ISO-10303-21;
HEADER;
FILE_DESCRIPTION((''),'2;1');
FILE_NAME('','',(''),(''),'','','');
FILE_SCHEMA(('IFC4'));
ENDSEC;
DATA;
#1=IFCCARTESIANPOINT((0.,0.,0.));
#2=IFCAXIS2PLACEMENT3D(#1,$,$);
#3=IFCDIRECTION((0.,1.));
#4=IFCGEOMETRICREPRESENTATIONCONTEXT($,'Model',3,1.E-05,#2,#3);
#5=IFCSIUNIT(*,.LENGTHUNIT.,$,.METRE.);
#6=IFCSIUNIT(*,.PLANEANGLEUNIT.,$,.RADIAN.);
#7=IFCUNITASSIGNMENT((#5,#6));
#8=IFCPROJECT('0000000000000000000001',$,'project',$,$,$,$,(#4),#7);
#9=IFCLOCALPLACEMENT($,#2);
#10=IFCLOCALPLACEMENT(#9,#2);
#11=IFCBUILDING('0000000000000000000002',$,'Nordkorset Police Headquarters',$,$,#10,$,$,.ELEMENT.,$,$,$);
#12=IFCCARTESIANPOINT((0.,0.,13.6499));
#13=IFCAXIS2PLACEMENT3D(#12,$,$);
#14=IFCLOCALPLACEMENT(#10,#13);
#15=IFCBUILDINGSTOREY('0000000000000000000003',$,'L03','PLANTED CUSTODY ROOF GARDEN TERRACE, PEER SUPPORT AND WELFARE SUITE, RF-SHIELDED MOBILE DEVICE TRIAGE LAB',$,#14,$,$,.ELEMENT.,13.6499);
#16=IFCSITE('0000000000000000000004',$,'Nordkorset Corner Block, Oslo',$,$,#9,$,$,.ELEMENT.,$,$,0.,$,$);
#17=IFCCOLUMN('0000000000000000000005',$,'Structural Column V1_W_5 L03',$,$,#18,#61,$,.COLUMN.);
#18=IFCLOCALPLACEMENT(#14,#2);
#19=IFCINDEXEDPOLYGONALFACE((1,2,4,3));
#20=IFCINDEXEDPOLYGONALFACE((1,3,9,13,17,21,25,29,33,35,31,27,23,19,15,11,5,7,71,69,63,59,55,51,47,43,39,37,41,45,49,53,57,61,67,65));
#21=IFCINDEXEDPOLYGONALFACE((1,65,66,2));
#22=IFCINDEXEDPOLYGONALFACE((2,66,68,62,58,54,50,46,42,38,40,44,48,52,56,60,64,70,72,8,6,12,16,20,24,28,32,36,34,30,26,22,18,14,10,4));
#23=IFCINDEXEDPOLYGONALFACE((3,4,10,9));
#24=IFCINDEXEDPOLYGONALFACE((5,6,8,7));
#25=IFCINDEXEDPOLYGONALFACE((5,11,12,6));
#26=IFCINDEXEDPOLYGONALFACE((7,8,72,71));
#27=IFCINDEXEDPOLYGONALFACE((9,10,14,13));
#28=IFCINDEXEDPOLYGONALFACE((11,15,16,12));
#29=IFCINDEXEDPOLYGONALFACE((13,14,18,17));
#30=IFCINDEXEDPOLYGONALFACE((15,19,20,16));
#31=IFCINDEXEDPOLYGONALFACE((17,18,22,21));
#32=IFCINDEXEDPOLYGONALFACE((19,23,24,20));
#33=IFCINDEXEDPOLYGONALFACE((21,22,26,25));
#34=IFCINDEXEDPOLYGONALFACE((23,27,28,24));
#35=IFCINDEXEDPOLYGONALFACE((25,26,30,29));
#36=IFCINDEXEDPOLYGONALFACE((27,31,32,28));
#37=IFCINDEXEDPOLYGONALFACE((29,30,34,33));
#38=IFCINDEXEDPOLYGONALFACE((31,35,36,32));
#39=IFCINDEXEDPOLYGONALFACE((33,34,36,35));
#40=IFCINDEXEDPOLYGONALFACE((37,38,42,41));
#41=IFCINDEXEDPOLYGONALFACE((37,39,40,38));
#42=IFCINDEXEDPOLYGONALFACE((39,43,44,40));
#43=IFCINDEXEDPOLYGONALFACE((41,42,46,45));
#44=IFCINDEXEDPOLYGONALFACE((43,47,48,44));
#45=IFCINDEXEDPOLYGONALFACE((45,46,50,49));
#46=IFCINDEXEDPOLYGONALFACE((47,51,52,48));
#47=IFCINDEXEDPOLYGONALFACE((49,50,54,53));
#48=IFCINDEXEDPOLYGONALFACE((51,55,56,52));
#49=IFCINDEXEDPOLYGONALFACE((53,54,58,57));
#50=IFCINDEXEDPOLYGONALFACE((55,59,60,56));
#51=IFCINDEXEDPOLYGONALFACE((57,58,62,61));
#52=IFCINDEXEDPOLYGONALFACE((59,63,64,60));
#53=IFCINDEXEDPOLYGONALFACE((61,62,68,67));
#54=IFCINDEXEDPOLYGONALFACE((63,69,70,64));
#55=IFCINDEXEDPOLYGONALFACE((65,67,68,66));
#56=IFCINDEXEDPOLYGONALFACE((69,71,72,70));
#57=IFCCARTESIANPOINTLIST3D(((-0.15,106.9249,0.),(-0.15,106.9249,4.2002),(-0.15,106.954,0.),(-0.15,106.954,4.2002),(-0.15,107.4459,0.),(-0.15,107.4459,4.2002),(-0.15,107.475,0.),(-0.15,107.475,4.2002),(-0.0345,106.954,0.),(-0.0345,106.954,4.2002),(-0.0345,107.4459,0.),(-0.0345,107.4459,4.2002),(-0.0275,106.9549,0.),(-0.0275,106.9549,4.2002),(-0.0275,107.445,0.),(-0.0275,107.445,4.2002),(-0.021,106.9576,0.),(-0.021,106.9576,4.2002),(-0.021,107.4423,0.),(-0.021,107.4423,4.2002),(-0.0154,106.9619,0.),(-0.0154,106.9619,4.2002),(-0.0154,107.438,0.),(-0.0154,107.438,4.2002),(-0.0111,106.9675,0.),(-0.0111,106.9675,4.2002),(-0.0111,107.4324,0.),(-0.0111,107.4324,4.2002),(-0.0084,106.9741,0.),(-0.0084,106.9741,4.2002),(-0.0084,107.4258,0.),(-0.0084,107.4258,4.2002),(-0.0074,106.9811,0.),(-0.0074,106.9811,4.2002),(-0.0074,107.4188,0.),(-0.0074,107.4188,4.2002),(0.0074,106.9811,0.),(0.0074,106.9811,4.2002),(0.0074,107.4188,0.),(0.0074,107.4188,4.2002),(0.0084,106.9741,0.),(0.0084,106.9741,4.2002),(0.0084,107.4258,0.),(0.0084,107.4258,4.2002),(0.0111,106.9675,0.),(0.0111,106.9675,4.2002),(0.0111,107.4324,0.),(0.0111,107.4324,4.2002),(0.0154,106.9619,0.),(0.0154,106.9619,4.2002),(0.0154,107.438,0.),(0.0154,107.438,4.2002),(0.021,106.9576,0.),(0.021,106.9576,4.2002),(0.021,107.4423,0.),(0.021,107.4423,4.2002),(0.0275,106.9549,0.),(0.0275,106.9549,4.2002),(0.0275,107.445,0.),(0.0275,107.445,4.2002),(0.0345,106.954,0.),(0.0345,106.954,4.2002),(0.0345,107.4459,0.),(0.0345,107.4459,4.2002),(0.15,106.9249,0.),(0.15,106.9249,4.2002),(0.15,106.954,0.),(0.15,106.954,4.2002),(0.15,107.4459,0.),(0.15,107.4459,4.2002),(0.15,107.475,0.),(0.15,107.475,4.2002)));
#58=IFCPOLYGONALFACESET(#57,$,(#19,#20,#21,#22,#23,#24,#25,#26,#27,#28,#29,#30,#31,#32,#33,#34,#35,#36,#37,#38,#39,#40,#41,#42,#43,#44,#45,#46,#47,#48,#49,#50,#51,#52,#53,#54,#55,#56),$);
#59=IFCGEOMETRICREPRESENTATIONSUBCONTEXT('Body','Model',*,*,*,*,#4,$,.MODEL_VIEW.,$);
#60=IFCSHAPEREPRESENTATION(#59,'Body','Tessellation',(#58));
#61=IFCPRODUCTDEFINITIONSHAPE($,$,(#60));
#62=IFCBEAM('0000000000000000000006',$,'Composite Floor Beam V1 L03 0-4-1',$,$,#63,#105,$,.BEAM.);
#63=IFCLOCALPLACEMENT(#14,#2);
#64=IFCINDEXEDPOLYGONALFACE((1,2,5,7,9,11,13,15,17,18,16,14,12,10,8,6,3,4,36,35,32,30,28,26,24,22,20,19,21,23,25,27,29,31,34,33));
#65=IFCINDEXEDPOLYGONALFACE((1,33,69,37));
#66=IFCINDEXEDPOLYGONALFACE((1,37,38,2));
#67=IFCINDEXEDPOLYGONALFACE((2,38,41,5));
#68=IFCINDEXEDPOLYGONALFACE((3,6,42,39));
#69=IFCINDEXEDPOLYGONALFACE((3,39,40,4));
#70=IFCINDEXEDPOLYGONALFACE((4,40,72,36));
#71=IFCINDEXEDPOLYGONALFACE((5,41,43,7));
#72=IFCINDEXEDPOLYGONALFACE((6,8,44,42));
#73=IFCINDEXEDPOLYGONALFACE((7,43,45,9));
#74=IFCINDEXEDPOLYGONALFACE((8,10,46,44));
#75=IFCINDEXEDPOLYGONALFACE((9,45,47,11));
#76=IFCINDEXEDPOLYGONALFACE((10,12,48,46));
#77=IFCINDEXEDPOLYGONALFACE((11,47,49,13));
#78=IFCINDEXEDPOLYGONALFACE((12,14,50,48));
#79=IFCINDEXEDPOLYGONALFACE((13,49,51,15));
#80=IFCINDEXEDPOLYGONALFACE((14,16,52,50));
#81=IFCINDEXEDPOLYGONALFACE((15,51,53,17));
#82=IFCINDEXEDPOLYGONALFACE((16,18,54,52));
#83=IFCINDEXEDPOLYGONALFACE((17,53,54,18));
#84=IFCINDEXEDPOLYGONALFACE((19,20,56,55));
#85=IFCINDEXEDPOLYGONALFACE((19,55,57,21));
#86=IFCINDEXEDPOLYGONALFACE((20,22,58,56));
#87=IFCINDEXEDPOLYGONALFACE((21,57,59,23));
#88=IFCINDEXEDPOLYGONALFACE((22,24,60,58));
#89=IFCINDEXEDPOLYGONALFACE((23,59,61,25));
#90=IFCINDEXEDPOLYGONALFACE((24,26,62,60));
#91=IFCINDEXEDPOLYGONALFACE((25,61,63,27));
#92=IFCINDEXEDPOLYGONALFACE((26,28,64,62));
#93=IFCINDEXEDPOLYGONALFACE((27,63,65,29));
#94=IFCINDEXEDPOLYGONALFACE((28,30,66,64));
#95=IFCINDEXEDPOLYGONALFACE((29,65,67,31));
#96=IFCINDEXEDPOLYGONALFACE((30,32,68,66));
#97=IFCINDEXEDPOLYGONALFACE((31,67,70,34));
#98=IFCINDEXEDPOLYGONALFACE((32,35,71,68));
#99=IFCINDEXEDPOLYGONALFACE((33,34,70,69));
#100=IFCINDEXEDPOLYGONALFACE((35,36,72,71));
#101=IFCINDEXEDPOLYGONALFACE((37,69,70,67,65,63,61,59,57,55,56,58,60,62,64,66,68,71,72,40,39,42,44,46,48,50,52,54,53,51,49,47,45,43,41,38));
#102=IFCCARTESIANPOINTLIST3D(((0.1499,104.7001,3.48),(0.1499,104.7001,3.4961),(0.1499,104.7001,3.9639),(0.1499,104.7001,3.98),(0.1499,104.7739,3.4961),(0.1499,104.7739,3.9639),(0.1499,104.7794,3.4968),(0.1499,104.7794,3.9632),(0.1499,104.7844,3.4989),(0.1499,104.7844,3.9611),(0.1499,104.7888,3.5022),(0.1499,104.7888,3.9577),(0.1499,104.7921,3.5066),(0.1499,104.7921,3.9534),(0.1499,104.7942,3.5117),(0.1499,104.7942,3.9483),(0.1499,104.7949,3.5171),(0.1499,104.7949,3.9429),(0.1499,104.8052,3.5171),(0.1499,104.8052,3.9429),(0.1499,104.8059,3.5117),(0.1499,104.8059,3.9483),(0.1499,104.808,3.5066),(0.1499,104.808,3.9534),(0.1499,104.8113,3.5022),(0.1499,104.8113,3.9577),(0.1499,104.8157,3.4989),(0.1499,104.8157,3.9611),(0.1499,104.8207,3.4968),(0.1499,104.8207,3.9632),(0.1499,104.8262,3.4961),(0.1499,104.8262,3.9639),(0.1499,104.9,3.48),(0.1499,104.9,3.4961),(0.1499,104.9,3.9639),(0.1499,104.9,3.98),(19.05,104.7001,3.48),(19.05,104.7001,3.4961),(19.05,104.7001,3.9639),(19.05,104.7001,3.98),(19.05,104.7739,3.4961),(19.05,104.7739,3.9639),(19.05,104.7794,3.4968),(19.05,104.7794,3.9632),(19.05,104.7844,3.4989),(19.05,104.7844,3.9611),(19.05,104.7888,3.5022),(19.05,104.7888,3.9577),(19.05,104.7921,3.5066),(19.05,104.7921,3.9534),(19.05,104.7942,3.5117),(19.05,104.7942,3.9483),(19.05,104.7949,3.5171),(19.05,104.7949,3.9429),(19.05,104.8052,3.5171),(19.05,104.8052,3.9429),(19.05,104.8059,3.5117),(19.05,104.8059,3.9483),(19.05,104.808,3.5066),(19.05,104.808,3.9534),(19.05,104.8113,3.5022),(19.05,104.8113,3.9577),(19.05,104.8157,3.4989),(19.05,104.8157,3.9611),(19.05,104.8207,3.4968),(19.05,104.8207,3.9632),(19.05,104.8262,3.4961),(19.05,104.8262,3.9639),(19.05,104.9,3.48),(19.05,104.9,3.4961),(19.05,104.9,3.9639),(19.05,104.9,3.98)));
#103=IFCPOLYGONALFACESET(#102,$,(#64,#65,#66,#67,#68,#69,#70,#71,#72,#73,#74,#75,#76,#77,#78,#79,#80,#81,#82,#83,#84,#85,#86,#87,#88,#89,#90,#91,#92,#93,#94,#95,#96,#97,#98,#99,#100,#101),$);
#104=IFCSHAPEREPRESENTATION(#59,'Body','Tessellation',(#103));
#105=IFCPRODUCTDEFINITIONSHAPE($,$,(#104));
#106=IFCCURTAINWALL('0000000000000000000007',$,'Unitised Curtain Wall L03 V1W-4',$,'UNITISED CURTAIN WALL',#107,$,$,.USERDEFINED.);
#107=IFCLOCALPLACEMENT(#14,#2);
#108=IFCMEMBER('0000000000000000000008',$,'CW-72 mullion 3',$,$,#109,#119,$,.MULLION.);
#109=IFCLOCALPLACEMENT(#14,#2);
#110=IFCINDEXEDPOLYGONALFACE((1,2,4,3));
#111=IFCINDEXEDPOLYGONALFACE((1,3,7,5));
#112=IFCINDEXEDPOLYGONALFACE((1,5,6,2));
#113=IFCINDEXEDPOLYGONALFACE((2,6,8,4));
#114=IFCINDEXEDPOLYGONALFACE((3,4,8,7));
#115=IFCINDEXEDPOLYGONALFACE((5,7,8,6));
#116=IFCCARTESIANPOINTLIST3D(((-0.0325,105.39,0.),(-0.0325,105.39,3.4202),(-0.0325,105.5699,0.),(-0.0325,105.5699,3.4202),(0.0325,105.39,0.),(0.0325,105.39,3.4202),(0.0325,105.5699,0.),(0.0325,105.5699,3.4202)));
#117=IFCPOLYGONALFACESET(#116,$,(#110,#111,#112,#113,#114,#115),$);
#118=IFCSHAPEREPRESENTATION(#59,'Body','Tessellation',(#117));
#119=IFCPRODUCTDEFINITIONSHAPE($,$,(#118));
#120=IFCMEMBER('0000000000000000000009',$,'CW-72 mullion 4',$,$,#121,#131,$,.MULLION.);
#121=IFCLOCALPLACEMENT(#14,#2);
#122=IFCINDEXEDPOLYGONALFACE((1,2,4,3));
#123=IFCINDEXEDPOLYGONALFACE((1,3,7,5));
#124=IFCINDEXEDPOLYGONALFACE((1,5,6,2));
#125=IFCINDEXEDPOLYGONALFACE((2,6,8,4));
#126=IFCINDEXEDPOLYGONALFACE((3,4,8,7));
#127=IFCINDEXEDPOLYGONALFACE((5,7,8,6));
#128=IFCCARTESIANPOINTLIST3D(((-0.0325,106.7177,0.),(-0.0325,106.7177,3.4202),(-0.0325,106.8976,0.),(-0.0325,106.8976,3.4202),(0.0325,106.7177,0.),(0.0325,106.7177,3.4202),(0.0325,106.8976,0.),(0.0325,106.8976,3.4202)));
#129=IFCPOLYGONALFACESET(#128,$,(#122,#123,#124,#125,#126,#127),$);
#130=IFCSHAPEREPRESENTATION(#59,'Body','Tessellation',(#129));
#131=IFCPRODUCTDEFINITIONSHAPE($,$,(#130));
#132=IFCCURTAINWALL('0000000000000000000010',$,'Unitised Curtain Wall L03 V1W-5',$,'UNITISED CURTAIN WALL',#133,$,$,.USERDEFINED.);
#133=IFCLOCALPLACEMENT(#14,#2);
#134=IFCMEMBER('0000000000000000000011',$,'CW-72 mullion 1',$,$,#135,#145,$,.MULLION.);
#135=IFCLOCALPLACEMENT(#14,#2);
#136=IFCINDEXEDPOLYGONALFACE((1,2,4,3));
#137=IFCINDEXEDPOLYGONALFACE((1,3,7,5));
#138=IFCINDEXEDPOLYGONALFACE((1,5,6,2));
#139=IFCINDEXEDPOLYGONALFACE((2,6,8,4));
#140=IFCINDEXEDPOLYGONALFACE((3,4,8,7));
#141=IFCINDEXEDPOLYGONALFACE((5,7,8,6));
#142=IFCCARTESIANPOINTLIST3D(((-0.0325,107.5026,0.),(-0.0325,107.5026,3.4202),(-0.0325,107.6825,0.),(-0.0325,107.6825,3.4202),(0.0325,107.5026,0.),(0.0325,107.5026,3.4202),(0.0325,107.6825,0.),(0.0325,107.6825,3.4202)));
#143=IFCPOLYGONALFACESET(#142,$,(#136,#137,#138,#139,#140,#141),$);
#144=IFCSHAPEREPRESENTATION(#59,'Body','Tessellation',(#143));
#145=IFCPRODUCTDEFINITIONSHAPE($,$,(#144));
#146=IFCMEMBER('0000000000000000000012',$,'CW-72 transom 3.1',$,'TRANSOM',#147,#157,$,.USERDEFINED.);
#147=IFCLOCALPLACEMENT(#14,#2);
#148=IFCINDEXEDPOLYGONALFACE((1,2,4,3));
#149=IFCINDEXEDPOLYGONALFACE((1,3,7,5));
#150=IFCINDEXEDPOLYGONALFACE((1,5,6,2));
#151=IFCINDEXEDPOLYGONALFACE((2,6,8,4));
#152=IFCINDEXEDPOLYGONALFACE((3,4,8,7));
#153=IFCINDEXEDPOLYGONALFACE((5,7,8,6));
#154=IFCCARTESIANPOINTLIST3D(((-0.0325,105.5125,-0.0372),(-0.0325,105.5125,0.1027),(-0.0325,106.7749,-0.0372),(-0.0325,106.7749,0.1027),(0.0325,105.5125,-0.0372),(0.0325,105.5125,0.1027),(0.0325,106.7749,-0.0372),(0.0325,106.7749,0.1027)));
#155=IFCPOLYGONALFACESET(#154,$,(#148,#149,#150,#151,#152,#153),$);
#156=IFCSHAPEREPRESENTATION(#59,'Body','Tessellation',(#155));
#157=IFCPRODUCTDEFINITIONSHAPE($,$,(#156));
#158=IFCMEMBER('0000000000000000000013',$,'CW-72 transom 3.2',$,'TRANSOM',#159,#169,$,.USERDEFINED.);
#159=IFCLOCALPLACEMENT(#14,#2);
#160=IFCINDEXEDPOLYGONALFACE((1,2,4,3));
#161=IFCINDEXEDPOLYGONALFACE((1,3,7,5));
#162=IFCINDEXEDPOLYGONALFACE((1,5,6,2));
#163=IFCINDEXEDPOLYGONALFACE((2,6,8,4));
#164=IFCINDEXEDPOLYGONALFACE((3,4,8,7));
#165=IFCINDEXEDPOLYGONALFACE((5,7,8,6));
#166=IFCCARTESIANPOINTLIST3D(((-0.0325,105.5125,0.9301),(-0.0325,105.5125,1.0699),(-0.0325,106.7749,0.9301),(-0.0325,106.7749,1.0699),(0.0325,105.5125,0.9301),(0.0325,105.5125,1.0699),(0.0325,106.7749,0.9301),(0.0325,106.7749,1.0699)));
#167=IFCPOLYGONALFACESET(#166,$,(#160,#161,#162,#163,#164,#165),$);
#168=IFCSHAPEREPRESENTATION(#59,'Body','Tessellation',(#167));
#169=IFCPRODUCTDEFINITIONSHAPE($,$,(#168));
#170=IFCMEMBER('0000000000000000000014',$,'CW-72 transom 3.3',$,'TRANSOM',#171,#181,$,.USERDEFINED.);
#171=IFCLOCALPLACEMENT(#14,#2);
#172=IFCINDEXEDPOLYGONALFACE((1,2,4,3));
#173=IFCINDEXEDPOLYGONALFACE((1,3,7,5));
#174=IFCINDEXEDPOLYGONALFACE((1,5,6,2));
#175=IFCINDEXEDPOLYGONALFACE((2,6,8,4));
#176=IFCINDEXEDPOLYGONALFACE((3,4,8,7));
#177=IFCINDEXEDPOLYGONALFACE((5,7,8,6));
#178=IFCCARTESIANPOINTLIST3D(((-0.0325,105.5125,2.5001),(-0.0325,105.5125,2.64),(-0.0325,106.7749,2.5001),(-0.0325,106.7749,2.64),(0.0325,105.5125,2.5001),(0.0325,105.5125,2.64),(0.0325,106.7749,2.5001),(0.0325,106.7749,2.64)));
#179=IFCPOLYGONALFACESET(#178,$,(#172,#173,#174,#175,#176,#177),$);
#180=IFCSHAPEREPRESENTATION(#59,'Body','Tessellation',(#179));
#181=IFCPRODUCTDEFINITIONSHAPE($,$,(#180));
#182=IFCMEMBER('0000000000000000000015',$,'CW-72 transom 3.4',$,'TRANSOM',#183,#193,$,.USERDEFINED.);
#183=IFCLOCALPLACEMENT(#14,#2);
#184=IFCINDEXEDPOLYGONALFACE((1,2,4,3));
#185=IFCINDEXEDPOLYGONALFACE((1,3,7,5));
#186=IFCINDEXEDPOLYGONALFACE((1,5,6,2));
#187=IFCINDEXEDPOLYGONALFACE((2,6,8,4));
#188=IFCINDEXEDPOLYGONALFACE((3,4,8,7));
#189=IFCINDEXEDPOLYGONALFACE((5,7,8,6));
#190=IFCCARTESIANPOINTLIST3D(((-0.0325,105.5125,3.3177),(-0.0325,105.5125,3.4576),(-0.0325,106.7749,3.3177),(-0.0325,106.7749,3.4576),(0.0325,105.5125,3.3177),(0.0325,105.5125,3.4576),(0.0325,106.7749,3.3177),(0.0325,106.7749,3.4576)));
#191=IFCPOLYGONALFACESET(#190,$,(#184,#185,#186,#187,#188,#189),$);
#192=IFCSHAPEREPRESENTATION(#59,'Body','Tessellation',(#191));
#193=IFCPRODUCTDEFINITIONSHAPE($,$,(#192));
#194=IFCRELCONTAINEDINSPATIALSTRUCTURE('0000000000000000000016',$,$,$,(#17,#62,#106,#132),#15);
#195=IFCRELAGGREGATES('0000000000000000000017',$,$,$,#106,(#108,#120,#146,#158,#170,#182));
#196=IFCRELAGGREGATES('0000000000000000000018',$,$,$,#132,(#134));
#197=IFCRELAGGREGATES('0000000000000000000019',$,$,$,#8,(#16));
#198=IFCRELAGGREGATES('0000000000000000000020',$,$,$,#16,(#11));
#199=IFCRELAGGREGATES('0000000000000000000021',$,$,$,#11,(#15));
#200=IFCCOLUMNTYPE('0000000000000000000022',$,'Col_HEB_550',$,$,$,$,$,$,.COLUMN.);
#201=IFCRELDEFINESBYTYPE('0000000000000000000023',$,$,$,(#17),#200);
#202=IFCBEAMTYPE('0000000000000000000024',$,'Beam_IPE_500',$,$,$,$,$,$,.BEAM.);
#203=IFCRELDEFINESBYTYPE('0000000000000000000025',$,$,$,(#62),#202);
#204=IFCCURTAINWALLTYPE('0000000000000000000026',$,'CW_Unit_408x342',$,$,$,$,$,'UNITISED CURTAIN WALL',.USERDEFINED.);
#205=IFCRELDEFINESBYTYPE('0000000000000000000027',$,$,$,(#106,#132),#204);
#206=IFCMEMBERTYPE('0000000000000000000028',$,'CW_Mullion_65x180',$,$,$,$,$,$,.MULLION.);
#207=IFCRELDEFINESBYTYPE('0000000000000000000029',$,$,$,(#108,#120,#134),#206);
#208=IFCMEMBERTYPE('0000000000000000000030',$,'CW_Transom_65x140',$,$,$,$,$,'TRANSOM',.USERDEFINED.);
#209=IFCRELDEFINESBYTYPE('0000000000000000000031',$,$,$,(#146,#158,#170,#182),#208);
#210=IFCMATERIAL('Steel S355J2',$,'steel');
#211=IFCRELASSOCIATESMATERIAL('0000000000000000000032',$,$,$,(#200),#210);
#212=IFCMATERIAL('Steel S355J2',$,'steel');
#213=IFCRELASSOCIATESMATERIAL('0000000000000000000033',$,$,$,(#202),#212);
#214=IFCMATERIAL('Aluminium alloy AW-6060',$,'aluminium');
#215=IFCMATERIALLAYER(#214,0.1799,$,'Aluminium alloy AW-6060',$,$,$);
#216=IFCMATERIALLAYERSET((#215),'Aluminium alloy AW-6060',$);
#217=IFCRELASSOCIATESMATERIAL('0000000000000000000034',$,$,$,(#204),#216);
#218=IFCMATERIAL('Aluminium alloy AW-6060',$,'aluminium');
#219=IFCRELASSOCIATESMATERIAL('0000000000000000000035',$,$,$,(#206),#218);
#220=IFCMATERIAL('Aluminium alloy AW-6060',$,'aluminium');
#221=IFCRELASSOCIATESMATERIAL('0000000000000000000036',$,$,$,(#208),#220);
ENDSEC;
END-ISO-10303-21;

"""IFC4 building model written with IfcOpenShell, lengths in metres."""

from ifc_helpers import new_model, si_unit, direction, frame, origin, origin_2d, place, context, subcontext, project, spatial, rectangle, i_section, extrude, material, layer, layer_set, material_profile, profile_set, type_object, element, aggregate, save


model = new_model("IFC4")

# Units and contexts
model_context = context("Model", 3, precision=1e-05, world=origin(), true_north=direction((0.0, 1.0)))
body_context = subcontext(model_context, "Body", "Model", "MODEL_VIEW")
ifc_project = project(units=[si_unit("LENGTHUNIT", "METRE"), si_unit("PLANEANGLEUNIT", "RADIAN")], contexts=[model_context])

# Site, building, storey
site_placement = place(None, origin())
site = spatial("IfcSite", under=ifc_project, at=site_placement, Name="Nordkorset Corner Block, Oslo", CompositionType="ELEMENT", RefElevation=0.0)
building_placement = place(site_placement, origin())
building = spatial("IfcBuilding", under=site, at=building_placement, Name="Nordkorset Police Headquarters", CompositionType="ELEMENT")
storey_placement = place(building_placement, frame((0.0, 0.0, 13.6499)))
storey = spatial("IfcBuildingStorey", under=building, at=storey_placement, Name="L03", Description="PLANTED CUSTODY ROOF GARDEN TERRACE, PEER SUPPORT AND WELFARE SUITE, RF-SHIELDED MOBILE DEVICE TRIAGE LAB", CompositionType="ELEMENT", Elevation=13.6499)

# Column
ifc_material_1 = material(Name="Steel S355J2", Category="steel")
ifc_material_profile_1 = material_profile(ifc_material_1, i_section(OverallWidth=0.3, OverallDepth=0.55, WebThickness=0.0149, FlangeThickness=0.0291, FilletRadius=0.0271, at=origin_2d()), Name="HEB 550")
ifc_profile_set_1 = profile_set([ifc_material_profile_1], Name="Steel S355J2")
column_type = type_object("IfcColumnType", Name="Col_HEB_550", PredefinedType="COLUMN", material=ifc_profile_set_1)
column_placement = place(storey_placement, frame((0.0, 107.2, 0.0), z_axis=(0.0, 0.0, 1.0), x_axis=(1.0, 0.0, 0.0)))
element("IfcColumn", 1, at=column_placement, inside=storey, type_object=column_type, Name="Structural Column V1_W_5 L03", PredefinedType="COLUMN", context=body_context, shape_type="SweptSolid", body=[
    extrude(i_section(OverallWidth=0.3, OverallDepth=0.55, WebThickness=0.0149, FlangeThickness=0.0291, FilletRadius=0.0271, at=origin_2d()), origin(), (0.0, 0.0, 1.0), 4.2002),
])

# Beam
ifc_material_2 = material(Name="Steel S355J2", Category="steel")
ifc_material_profile_2 = material_profile(ifc_material_2, i_section(OverallWidth=0.2, OverallDepth=0.5, WebThickness=0.0103, FlangeThickness=0.0161, FilletRadius=0.021, at=origin_2d()), Name="IPE 500")
ifc_profile_set_2 = profile_set([ifc_material_profile_2], Name="Steel S355J2")
beam_type_1 = type_object("IfcBeamType", Name="Beam_IPE_500", PredefinedType="BEAM", material=ifc_profile_set_2)
beam_1_placement = place(storey_placement, frame((0.1499, 104.8, 3.73), z_axis=(1.0, 0.0, 0.0), x_axis=(0.0, 1.0, 0.0)))
element("IfcBeam", 2, at=beam_1_placement, inside=storey, type_object=beam_type_1, Name="Composite Floor Beam V1 L03 0-4-1", PredefinedType="BEAM", context=body_context, shape_type="SweptSolid", body=[
    extrude(i_section(OverallWidth=0.2, OverallDepth=0.5, WebThickness=0.0103, FlangeThickness=0.0161, FilletRadius=0.021, at=origin_2d()), origin(), (0.0, 0.0, 1.0), 18.9001),
])

# Curtain wall, members
ifc_material_3 = material(Name="Aluminium alloy AW-6060", Category="aluminium")
ifc_layer_1 = layer(ifc_material_3, 0.1799, Name="Aluminium alloy AW-6060")
ifc_layer_set_1 = layer_set([ifc_layer_1], Name="Aluminium alloy AW-6060")
curtain_wall_type = type_object("IfcCurtainWallType", Name="CW_Unit_408x342", ElementType="UNITISED CURTAIN WALL", PredefinedType="USERDEFINED", material=ifc_layer_set_1)
curtain_wall_1_placement = place(storey_placement, origin())
curtain_wall_1 = element("IfcCurtainWall", 3, at=curtain_wall_1_placement, inside=storey, type_object=curtain_wall_type, Name="Unitised Curtain Wall L03 V1W-4", ObjectType="UNITISED CURTAIN WALL", PredefinedType="USERDEFINED")
ifc_material_4 = material(Name="Aluminium alloy AW-6060", Category="aluminium")
ifc_material_profile_3 = material_profile(ifc_material_4, rectangle(XDim=0.0649, YDim=0.1799, at=origin_2d()), Name="ALU MULL 65x180")
ifc_profile_set_3 = profile_set([ifc_material_profile_3], Name="Aluminium alloy AW-6060")
member_type_1 = type_object("IfcMemberType", Name="CW_Mullion_65x180", PredefinedType="MULLION", material=ifc_profile_set_3)
member_1_placement = place(storey_placement, frame((0.0, 105.48, 0.0), z_axis=(0.0, 0.0, 1.0), x_axis=(-1.0, 0.0, 0.0)))
member_1 = element("IfcMember", 4, at=member_1_placement, type_object=member_type_1, Name="CW-72 mullion 3", PredefinedType="MULLION", context=body_context, shape_type="SweptSolid", body=[
    extrude(rectangle(XDim=0.0649, YDim=0.1799, at=origin_2d()), origin(), (0.0, 0.0, 1.0), 3.4202),
])
member_2_placement = place(storey_placement, frame((0.0, 106.8076, 0.0), z_axis=(0.0, 0.0, 1.0), x_axis=(-1.0, 0.0, 0.0)))
member_2 = element("IfcMember", 5, at=member_2_placement, type_object=member_type_1, Name="CW-72 mullion 4", PredefinedType="MULLION", context=body_context, shape_type="SweptSolid", body=[
    extrude(rectangle(XDim=0.0649, YDim=0.1799, at=origin_2d()), origin(), (0.0, 0.0, 1.0), 3.4202),
])

# Curtain wall, member
curtain_wall_2_placement = place(storey_placement, origin())
curtain_wall_2 = element("IfcCurtainWall", 6, at=curtain_wall_2_placement, inside=storey, type_object=curtain_wall_type, Name="Unitised Curtain Wall L03 V1W-5", ObjectType="UNITISED CURTAIN WALL", PredefinedType="USERDEFINED")
member_3_placement = place(storey_placement, frame((0.0, 107.5925, 0.0), z_axis=(0.0, 0.0, 1.0), x_axis=(-1.0, 0.0, 0.0)))
member_3 = element("IfcMember", 7, at=member_3_placement, type_object=member_type_1, Name="CW-72 mullion 1", PredefinedType="MULLION", context=body_context, shape_type="SweptSolid", body=[
    extrude(rectangle(XDim=0.0649, YDim=0.1799, at=origin_2d()), origin(), (0.0, 0.0, 1.0), 3.4202),
])

# Members
ifc_material_5 = material(Name="Aluminium alloy AW-6060", Category="aluminium")
ifc_material_profile_4 = material_profile(ifc_material_5, rectangle(XDim=0.0649, YDim=0.1399, at=origin_2d()), Name="ALU TRAN 65x140")
ifc_profile_set_4 = profile_set([ifc_material_profile_4], Name="Aluminium alloy AW-6060")
member_type_2 = type_object("IfcMemberType", Name="CW_Transom_65x140", ElementType="TRANSOM", PredefinedType="USERDEFINED", material=ifc_profile_set_4)
member_4_placement = place(storey_placement, frame((0.0, 105.5125, 0.0327), z_axis=(0.0, 1.0, 0.0), x_axis=(-1.0, 0.0, 0.0)))
member_4 = element("IfcMember", 8, at=member_4_placement, type_object=member_type_2, Name="CW-72 transom 3.1", ObjectType="TRANSOM", PredefinedType="USERDEFINED", context=body_context, shape_type="SweptSolid", body=[
    extrude(rectangle(XDim=0.0649, YDim=0.1399, at=origin_2d()), origin(), (0.0, 0.0, 1.0), 1.2625),
])
member_5_placement = place(storey_placement, frame((0.0, 105.5125, 1.0), z_axis=(0.0, 1.0, 0.0), x_axis=(-1.0, 0.0, 0.0)))
member_5 = element("IfcMember", 9, at=member_5_placement, type_object=member_type_2, Name="CW-72 transom 3.2", ObjectType="TRANSOM", PredefinedType="USERDEFINED", context=body_context, shape_type="SweptSolid", body=[
    extrude(rectangle(XDim=0.0649, YDim=0.1399, at=origin_2d()), origin(), (0.0, 0.0, 1.0), 1.2625),
])
member_6_placement = place(storey_placement, frame((0.0, 105.5125, 2.5701), z_axis=(0.0, 1.0, 0.0), x_axis=(-1.0, 0.0, 0.0)))
member_6 = element("IfcMember", 10, at=member_6_placement, type_object=member_type_2, Name="CW-72 transom 3.3", ObjectType="TRANSOM", PredefinedType="USERDEFINED", context=body_context, shape_type="SweptSolid", body=[
    extrude(rectangle(XDim=0.0649, YDim=0.1399, at=origin_2d()), origin(), (0.0, 0.0, 1.0), 1.2625),
])
member_7_placement = place(storey_placement, frame((0.0, 105.5125, 3.3877), z_axis=(0.0, 1.0, 0.0), x_axis=(-1.0, 0.0, 0.0)))
member_7 = element("IfcMember", 11, at=member_7_placement, type_object=member_type_2, Name="CW-72 transom 3.4", ObjectType="TRANSOM", PredefinedType="USERDEFINED", context=body_context, shape_type="SweptSolid", body=[
    extrude(rectangle(XDim=0.0649, YDim=0.1399, at=origin_2d()), origin(), (0.0, 0.0, 1.0), 1.2625),
])

aggregate(curtain_wall_1, [member_1, member_2, member_4, member_5, member_6, member_7])
aggregate(curtain_wall_2, [member_3])

save(model, "model.ifc")
